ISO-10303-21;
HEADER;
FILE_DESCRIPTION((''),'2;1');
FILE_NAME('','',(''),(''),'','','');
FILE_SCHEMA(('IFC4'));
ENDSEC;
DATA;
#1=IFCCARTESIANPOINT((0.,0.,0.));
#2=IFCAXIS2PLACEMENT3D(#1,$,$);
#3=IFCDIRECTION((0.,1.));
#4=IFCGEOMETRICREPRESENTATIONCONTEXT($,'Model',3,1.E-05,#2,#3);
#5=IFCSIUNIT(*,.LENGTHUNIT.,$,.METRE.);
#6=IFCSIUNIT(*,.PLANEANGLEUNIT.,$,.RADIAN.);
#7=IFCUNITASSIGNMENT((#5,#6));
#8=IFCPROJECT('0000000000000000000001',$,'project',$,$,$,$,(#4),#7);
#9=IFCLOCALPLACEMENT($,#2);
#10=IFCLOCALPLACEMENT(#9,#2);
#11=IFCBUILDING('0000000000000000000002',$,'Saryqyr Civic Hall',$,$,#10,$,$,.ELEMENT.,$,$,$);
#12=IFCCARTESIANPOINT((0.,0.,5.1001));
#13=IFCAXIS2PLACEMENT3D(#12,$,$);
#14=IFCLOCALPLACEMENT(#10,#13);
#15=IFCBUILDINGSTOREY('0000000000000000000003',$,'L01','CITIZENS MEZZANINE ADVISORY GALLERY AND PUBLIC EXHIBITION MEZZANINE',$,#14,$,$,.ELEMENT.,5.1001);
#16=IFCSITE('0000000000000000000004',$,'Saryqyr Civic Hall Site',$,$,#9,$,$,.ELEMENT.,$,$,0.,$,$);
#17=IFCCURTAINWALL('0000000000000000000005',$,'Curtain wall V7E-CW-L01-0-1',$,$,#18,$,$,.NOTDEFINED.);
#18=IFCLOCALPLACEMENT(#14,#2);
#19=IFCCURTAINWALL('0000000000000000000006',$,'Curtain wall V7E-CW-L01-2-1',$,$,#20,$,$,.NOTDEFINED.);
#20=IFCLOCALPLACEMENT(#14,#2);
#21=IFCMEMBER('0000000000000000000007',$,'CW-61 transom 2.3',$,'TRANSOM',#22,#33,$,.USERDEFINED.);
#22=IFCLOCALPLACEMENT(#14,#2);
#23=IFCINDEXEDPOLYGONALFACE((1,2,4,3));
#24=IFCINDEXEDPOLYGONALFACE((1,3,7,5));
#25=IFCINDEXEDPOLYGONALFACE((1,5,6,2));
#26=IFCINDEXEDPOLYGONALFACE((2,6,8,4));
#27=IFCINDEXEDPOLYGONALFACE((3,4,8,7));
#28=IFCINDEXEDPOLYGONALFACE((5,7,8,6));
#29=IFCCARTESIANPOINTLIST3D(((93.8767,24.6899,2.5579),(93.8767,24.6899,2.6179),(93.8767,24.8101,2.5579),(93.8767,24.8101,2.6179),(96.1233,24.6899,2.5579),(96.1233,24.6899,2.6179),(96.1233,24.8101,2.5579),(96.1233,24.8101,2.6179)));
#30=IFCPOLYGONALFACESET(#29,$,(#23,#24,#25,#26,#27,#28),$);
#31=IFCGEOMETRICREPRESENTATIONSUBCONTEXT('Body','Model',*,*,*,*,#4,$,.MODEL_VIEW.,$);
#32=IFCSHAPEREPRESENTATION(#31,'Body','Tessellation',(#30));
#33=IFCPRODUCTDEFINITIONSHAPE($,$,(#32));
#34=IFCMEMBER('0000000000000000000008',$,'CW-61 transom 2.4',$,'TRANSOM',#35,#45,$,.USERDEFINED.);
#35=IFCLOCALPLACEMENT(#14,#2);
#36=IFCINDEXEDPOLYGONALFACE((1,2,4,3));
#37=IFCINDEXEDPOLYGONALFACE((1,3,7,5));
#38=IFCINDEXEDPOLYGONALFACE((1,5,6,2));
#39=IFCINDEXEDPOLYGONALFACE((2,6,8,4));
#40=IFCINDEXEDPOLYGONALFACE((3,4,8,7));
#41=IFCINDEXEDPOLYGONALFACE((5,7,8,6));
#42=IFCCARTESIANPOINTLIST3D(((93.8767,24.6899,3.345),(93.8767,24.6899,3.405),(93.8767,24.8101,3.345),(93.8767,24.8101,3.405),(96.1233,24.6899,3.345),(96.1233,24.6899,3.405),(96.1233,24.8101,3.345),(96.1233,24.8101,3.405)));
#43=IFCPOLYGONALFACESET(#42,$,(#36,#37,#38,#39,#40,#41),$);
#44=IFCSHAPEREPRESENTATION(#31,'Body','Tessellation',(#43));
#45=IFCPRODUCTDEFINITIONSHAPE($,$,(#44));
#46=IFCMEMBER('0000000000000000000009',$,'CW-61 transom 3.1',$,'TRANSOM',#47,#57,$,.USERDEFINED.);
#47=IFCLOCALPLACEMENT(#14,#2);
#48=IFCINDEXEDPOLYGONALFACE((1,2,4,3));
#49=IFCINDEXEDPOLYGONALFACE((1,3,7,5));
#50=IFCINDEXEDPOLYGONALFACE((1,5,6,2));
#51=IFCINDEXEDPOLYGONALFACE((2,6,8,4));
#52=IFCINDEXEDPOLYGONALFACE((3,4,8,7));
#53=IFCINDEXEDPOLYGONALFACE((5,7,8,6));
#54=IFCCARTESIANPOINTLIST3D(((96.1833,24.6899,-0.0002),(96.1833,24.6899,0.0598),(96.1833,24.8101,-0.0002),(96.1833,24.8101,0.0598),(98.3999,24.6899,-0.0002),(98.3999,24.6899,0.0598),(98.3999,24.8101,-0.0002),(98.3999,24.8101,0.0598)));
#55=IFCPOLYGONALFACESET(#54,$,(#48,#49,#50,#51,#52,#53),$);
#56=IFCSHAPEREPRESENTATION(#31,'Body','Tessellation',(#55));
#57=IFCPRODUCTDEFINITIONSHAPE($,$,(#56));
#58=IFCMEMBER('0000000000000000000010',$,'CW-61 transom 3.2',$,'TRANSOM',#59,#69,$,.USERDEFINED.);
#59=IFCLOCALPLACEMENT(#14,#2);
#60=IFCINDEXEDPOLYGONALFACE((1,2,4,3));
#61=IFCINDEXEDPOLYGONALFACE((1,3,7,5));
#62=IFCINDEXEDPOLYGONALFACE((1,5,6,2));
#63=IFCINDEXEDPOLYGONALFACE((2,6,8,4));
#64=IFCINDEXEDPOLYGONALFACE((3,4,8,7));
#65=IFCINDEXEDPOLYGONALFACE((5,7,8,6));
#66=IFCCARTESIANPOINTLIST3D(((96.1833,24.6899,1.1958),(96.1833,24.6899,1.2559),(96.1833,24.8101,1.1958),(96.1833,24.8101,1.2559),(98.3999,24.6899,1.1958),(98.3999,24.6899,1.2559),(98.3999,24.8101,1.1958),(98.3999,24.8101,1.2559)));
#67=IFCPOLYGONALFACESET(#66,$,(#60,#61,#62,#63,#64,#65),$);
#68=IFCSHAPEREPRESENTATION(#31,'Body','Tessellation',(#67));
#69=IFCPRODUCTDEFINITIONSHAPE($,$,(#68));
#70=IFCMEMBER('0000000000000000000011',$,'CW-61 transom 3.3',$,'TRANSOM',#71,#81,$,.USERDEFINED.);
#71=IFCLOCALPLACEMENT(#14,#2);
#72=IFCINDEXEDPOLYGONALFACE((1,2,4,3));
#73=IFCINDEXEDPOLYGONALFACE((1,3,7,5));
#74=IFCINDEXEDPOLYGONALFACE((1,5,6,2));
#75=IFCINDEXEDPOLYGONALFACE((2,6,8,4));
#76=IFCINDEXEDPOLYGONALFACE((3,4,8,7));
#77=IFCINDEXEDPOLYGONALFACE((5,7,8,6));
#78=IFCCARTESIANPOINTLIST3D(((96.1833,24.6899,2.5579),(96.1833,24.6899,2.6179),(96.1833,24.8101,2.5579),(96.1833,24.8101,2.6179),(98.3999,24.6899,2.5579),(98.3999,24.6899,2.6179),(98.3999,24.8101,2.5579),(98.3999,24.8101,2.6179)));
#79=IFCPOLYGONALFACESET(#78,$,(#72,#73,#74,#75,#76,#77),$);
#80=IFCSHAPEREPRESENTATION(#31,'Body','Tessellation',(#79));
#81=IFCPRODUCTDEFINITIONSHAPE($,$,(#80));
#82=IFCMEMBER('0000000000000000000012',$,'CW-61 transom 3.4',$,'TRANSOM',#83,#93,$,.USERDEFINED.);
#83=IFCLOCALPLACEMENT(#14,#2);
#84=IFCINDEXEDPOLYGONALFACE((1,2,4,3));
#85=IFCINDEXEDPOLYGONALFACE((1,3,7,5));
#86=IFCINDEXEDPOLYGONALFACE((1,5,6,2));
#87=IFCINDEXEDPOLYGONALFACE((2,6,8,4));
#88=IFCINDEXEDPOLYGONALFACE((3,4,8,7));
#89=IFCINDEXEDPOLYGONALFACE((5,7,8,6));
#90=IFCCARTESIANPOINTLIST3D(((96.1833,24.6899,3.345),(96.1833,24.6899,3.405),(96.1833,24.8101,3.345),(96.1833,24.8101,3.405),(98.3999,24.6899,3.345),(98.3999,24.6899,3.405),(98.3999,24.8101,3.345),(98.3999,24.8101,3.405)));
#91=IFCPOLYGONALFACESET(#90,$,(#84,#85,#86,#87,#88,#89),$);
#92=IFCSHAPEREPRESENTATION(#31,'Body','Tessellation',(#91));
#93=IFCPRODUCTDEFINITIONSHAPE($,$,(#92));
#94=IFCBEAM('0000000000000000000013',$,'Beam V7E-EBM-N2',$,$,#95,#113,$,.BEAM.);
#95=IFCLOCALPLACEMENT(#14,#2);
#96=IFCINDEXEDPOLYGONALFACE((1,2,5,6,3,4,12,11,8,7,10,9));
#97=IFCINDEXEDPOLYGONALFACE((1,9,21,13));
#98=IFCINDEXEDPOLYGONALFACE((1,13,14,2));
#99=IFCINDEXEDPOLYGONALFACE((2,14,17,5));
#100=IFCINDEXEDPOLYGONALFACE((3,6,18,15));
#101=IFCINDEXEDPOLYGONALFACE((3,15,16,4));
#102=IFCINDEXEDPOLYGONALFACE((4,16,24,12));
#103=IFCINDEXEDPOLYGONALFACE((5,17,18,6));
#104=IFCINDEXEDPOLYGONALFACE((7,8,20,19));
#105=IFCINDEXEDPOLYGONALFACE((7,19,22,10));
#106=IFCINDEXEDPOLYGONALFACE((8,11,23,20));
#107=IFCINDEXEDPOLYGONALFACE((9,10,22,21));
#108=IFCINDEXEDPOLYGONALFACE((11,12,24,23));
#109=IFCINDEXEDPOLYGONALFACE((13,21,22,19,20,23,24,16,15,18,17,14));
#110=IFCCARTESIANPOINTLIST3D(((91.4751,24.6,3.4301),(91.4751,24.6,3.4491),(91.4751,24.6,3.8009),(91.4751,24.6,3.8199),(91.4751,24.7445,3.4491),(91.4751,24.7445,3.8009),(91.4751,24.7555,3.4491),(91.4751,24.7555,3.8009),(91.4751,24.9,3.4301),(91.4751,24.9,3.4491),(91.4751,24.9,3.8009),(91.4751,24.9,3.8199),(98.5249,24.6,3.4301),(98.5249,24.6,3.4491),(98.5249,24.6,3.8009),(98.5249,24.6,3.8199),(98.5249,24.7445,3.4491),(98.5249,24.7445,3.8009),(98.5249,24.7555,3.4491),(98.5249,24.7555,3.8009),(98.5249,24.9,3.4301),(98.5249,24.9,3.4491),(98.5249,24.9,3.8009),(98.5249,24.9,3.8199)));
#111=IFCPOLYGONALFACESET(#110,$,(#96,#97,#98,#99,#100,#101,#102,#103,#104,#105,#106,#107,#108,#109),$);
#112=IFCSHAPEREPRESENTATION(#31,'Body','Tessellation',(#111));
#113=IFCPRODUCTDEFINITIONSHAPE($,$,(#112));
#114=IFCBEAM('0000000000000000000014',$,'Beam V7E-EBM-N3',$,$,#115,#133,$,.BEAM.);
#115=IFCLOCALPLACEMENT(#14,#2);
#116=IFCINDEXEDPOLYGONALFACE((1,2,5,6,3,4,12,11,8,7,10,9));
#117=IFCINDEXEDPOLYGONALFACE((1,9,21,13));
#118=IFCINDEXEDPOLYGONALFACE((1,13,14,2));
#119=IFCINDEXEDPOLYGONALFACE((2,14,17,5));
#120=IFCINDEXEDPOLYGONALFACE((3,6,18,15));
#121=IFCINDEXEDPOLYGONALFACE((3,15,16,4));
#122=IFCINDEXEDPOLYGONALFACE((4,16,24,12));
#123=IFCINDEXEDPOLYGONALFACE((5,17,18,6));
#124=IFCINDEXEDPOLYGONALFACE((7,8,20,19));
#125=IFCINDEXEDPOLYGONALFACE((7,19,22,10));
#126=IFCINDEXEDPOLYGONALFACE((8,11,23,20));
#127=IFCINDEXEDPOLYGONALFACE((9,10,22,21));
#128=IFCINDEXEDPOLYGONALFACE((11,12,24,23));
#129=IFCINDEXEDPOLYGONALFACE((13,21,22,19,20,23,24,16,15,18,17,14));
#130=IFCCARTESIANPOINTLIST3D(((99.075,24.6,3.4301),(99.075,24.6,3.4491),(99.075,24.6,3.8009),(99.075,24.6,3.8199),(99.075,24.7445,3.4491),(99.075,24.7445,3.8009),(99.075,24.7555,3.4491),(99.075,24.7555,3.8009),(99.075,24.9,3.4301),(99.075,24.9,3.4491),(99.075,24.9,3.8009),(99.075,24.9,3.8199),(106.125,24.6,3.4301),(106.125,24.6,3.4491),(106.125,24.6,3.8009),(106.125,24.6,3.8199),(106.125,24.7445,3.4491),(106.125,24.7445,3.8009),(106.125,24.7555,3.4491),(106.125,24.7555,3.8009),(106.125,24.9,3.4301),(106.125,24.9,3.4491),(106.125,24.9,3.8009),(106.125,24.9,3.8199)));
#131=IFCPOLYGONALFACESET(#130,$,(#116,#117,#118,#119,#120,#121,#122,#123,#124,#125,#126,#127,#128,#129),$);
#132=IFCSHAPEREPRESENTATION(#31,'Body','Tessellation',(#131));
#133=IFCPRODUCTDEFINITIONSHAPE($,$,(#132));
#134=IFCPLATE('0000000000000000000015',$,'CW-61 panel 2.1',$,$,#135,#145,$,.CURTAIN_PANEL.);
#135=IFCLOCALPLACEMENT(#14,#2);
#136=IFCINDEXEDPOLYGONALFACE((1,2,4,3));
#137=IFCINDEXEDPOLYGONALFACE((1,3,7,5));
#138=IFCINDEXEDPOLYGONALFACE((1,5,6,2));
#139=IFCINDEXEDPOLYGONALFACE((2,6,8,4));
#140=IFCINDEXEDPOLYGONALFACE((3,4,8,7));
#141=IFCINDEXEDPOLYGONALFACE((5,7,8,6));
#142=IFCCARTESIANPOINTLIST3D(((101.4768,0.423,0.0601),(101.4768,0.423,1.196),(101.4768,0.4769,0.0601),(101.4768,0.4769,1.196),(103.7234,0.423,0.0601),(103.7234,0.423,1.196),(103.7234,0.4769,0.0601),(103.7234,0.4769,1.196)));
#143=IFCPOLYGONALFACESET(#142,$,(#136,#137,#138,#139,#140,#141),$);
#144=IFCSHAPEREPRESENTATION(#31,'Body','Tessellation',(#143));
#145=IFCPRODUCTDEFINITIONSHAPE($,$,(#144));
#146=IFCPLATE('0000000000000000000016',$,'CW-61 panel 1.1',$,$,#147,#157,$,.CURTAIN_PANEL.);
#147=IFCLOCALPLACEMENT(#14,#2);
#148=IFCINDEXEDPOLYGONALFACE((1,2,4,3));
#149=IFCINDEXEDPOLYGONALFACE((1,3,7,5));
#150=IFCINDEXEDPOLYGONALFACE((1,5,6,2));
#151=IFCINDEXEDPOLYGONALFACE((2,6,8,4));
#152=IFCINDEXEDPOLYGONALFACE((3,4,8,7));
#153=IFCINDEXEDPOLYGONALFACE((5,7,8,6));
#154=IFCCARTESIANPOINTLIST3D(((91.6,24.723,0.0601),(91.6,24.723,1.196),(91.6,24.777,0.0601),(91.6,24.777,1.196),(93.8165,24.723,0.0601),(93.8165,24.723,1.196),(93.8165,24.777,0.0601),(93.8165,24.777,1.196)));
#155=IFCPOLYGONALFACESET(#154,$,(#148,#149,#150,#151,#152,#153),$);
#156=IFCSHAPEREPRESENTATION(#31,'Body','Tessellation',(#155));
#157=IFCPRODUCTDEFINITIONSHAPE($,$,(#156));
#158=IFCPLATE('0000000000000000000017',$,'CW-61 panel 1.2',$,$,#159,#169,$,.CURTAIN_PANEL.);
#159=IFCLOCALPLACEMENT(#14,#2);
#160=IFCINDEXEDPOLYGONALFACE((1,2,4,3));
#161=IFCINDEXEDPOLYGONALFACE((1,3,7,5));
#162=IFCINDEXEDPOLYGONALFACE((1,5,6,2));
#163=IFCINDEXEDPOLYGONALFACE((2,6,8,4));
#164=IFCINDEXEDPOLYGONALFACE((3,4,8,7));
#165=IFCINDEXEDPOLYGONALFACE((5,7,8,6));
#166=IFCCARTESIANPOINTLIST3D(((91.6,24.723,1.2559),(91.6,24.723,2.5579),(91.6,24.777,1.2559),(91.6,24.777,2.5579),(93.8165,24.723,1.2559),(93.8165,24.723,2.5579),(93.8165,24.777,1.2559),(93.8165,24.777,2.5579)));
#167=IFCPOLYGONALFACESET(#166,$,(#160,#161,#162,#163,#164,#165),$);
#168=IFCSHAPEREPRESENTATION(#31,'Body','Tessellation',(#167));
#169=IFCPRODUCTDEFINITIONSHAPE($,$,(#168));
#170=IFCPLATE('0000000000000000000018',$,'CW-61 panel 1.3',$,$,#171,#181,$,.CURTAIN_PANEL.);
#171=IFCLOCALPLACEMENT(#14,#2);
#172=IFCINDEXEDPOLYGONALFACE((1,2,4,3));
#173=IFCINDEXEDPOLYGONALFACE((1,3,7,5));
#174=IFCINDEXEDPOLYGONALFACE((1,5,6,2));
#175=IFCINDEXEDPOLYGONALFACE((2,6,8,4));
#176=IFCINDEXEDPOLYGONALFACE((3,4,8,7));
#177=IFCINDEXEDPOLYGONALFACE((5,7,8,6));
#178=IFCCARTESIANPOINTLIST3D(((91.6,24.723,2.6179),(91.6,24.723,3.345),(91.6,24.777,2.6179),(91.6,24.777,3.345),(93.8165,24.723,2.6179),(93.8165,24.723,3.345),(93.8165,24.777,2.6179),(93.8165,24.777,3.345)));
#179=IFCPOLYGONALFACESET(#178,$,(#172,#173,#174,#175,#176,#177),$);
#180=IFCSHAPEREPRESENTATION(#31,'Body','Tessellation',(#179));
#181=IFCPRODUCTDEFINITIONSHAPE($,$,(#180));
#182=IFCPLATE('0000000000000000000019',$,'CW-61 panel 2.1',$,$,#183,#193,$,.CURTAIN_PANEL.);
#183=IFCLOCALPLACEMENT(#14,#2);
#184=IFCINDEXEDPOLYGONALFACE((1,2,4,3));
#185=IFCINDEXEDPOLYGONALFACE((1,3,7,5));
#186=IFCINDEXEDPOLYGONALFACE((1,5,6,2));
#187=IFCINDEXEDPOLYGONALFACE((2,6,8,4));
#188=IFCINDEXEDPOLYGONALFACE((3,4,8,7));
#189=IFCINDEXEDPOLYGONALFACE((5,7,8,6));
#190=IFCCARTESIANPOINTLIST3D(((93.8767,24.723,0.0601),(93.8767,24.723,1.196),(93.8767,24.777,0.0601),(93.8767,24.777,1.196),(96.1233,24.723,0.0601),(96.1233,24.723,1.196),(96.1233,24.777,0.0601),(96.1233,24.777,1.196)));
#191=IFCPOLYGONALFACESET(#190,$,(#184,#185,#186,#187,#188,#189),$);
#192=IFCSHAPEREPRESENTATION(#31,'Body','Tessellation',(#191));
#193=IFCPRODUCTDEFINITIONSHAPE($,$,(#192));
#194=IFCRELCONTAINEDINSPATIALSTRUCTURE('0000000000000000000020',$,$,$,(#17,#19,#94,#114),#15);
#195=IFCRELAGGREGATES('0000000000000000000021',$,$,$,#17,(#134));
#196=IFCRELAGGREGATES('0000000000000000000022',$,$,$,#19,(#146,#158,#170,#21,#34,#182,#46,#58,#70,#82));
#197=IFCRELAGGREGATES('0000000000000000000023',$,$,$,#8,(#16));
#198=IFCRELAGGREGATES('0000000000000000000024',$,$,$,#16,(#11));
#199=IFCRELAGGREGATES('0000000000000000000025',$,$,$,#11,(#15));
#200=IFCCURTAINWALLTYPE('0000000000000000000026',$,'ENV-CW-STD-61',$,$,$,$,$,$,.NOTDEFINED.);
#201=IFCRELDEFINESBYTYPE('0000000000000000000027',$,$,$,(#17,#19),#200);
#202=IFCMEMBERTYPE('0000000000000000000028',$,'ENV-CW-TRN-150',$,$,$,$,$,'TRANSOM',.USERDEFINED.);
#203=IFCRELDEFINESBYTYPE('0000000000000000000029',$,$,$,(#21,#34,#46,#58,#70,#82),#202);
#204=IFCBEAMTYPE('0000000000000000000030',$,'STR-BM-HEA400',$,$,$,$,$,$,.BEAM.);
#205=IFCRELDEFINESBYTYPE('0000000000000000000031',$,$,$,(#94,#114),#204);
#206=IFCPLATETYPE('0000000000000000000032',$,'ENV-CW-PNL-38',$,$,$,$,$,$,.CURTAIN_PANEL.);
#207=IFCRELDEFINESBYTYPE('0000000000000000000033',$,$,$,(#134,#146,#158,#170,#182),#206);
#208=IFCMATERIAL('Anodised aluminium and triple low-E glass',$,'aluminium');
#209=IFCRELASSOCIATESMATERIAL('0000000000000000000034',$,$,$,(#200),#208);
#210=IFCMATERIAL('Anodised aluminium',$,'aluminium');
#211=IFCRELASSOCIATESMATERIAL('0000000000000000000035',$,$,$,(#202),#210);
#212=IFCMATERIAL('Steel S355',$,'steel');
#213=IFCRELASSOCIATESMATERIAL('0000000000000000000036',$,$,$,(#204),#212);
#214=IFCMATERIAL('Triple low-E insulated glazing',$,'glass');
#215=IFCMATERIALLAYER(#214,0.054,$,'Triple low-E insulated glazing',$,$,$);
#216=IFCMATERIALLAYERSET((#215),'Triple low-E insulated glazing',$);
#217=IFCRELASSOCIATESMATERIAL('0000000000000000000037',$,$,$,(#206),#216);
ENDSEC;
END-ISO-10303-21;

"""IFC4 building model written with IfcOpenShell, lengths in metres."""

from ifc_helpers import new_model, si_unit, direction, frame, origin, origin_2d, place, context, subcontext, project, spatial, rectangle, i_section, extrude, material, layer, layer_set, material_profile, profile_set, type_object, element, aggregate, save


model = new_model("IFC4")

# Units and contexts
model_context = context("Model", 3, precision=1e-05, world=origin(), true_north=direction((0.0, 1.0)))
body_context = subcontext(model_context, "Body", "Model", "MODEL_VIEW")
ifc_project = project(units=[si_unit("LENGTHUNIT", "METRE"), si_unit("PLANEANGLEUNIT", "RADIAN")], contexts=[model_context])

# Site, building, storey
site_placement = place(None, origin())
site = spatial("IfcSite", under=ifc_project, at=site_placement, Name="Saryqyr Civic Hall Site", CompositionType="ELEMENT", RefElevation=0.0)
building_placement = place(site_placement, origin())
building = spatial("IfcBuilding", under=site, at=building_placement, Name="Saryqyr Civic Hall", CompositionType="ELEMENT")
storey_placement = place(building_placement, frame((0.0, 0.0, 5.1001)))
storey = spatial("IfcBuildingStorey", under=building, at=storey_placement, Name="L01", Description="CITIZENS MEZZANINE ADVISORY GALLERY AND PUBLIC EXHIBITION MEZZANINE", CompositionType="ELEMENT", Elevation=5.1001)

# Curtain wall
ifc_material_1 = material(Name="Anodised aluminium and triple low-E glass", Category="aluminium")
curtain_wall_type = type_object("IfcCurtainWallType", Name="ENV-CW-STD-61", PredefinedType="NOTDEFINED", material=ifc_material_1)
curtain_wall_1_placement = place(storey_placement, origin())
curtain_wall_1 = element("IfcCurtainWall", 1, at=curtain_wall_1_placement, inside=storey, type_object=curtain_wall_type, Name="Curtain wall V7E-CW-L01-0-1", PredefinedType="NOTDEFINED")
ifc_material_2 = material(Name="Anodised aluminium", Category="aluminium")

# Curtain wall
curtain_wall_2_placement = place(storey_placement, origin())
curtain_wall_2 = element("IfcCurtainWall", 2, at=curtain_wall_2_placement, inside=storey, type_object=curtain_wall_type, Name="Curtain wall V7E-CW-L01-2-1", PredefinedType="NOTDEFINED")

# Members
ifc_material_profile_1 = material_profile(ifc_material_2, rectangle(XDim=0.1201, YDim=0.0601, at=origin_2d()), Name="ALU TRANSOM 120x60")
ifc_profile_set_1 = profile_set([ifc_material_profile_1], Name="Anodised aluminium")
member_type_1 = type_object("IfcMemberType", Name="ENV-CW-TRN-150", ElementType="TRANSOM", PredefinedType="USERDEFINED", material=ifc_profile_set_1)
member_1_placement = place(storey_placement, frame((93.8767, 24.75, 2.5879), z_axis=(1.0, 0.0, 0.0), x_axis=(0.0, 1.0, 0.0)))
member_1 = element("IfcMember", 3, at=member_1_placement, type_object=member_type_1, Name="CW-61 transom 2.3", ObjectType="TRANSOM", PredefinedType="USERDEFINED", context=body_context, shape_type="SweptSolid", body=[
    extrude(rectangle(XDim=0.1201, YDim=0.0601, at=origin_2d()), origin(), (0.0, 0.0, 1.0), 2.2466),
])
member_2_placement = place(storey_placement, frame((93.8767, 24.75, 3.375), z_axis=(1.0, 0.0, 0.0), x_axis=(0.0, 1.0, 0.0)))
member_2 = element("IfcMember", 4, at=member_2_placement, type_object=member_type_1, Name="CW-61 transom 2.4", ObjectType="TRANSOM", PredefinedType="USERDEFINED", context=body_context, shape_type="SweptSolid", body=[
    extrude(rectangle(XDim=0.1201, YDim=0.0601, at=origin_2d()), origin(), (0.0, 0.0, 1.0), 2.2466),
])
member_3_placement = place(storey_placement, frame((96.1833, 24.75, 0.0298), z_axis=(1.0, 0.0, 0.0), x_axis=(0.0, 1.0, 0.0)))
member_3 = element("IfcMember", 5, at=member_3_placement, type_object=member_type_1, Name="CW-61 transom 3.1", ObjectType="TRANSOM", PredefinedType="USERDEFINED", context=body_context, shape_type="SweptSolid", body=[
    extrude(rectangle(XDim=0.1201, YDim=0.0601, at=origin_2d()), origin(), (0.0, 0.0, 1.0), 2.2166),
])
member_4_placement = place(storey_placement, frame((96.1833, 24.75, 1.2258), z_axis=(1.0, 0.0, 0.0), x_axis=(0.0, 1.0, 0.0)))
member_4 = element("IfcMember", 6, at=member_4_placement, type_object=member_type_1, Name="CW-61 transom 3.2", ObjectType="TRANSOM", PredefinedType="USERDEFINED", context=body_context, shape_type="SweptSolid", body=[
    extrude(rectangle(XDim=0.1201, YDim=0.0601, at=origin_2d()), origin(), (0.0, 0.0, 1.0), 2.2166),
])
member_5_placement = place(storey_placement, frame((96.1833, 24.75, 2.5879), z_axis=(1.0, 0.0, 0.0), x_axis=(0.0, 1.0, 0.0)))
member_5 = element("IfcMember", 7, at=member_5_placement, type_object=member_type_1, Name="CW-61 transom 3.3", ObjectType="TRANSOM", PredefinedType="USERDEFINED", context=body_context, shape_type="SweptSolid", body=[
    extrude(rectangle(XDim=0.1201, YDim=0.0601, at=origin_2d()), origin(), (0.0, 0.0, 1.0), 2.2166),
])
member_6_placement = place(storey_placement, frame((96.1833, 24.75, 3.375), z_axis=(1.0, 0.0, 0.0), x_axis=(0.0, 1.0, 0.0)))
member_6 = element("IfcMember", 8, at=member_6_placement, type_object=member_type_1, Name="CW-61 transom 3.4", ObjectType="TRANSOM", PredefinedType="USERDEFINED", context=body_context, shape_type="SweptSolid", body=[
    extrude(rectangle(XDim=0.1201, YDim=0.0601, at=origin_2d()), origin(), (0.0, 0.0, 1.0), 2.2166),
])

# Beams
ifc_material_3 = material(Name="Steel S355", Category="steel")
ifc_material_profile_2 = material_profile(ifc_material_3, i_section(OverallWidth=0.3, OverallDepth=0.3899, WebThickness=0.011, FlangeThickness=0.019, at=origin_2d()), Name="HEA 400")
ifc_profile_set_2 = profile_set([ifc_material_profile_2], Name="Steel S355")
beam_type = type_object("IfcBeamType", Name="STR-BM-HEA400", PredefinedType="BEAM", material=ifc_profile_set_2)
beam_1_placement = place(storey_placement, frame((91.4751, 24.75, 3.625), z_axis=(1.0, 0.0, 0.0), x_axis=(0.0, 1.0, 0.0)))
element("IfcBeam", 9, at=beam_1_placement, inside=storey, type_object=beam_type, Name="Beam V7E-EBM-N2", PredefinedType="BEAM", context=body_context, shape_type="SweptSolid", body=[
    extrude(i_section(OverallWidth=0.3, OverallDepth=0.3899, WebThickness=0.011, FlangeThickness=0.019, at=origin_2d()), origin(), (0.0, 0.0, 1.0), 7.0498),
])
beam_2_placement = place(storey_placement, frame((99.075, 24.75, 3.625), z_axis=(1.0, 0.0, 0.0), x_axis=(0.0, 1.0, 0.0)))
element("IfcBeam", 10, at=beam_2_placement, inside=storey, type_object=beam_type, Name="Beam V7E-EBM-N3", PredefinedType="BEAM", context=body_context, shape_type="SweptSolid", body=[
    extrude(i_section(OverallWidth=0.3, OverallDepth=0.3899, WebThickness=0.011, FlangeThickness=0.019, at=origin_2d()), origin(), (0.0, 0.0, 1.0), 7.05),
])

# Plates
ifc_material_4 = material(Name="Triple low-E insulated glazing", Category="glass")
ifc_layer_1 = layer(ifc_material_4, 0.054, Name="Triple low-E insulated glazing")
ifc_layer_set_1 = layer_set([ifc_layer_1], Name="Triple low-E insulated glazing")
plate_type = type_object("IfcPlateType", Name="ENV-CW-PNL-38", PredefinedType="CURTAIN_PANEL", material=ifc_layer_set_1)
plate_1_placement = place(storey_placement, frame((102.6001, 0.45, 0.0601), z_axis=(0.0, 0.0, 1.0), x_axis=(-1.0, 0.0, 0.0)))
plate_1 = element("IfcPlate", 11, at=plate_1_placement, type_object=plate_type, Name="CW-61 panel 2.1", PredefinedType="CURTAIN_PANEL", context=body_context, shape_type="SweptSolid", body=[
    extrude(rectangle(XDim=2.2466, YDim=0.054, at=origin_2d()), origin(), (0.0, 0.0, 1.0), 1.136),
])
aggregate(curtain_wall_1, [plate_1])
plate_2_placement = place(storey_placement, frame((92.7083, 24.75, 0.0601), z_axis=(0.0, 0.0, 1.0), x_axis=(1.0, 0.0, 0.0)))
plate_2 = element("IfcPlate", 12, at=plate_2_placement, type_object=plate_type, Name="CW-61 panel 1.1", PredefinedType="CURTAIN_PANEL", context=body_context, shape_type="SweptSolid", body=[
    extrude(rectangle(XDim=2.2166, YDim=0.054, at=origin_2d()), origin(), (0.0, 0.0, 1.0), 1.136),
])
plate_3_placement = place(storey_placement, frame((92.7083, 24.75, 1.2559), z_axis=(0.0, 0.0, 1.0), x_axis=(1.0, 0.0, 0.0)))
plate_3 = element("IfcPlate", 13, at=plate_3_placement, type_object=plate_type, Name="CW-61 panel 1.2", PredefinedType="CURTAIN_PANEL", context=body_context, shape_type="SweptSolid", body=[
    extrude(rectangle(XDim=2.2166, YDim=0.054, at=origin_2d()), origin(), (0.0, 0.0, 1.0), 1.302),
])
plate_4_placement = place(storey_placement, frame((92.7083, 24.75, 2.6179), z_axis=(0.0, 0.0, 1.0), x_axis=(1.0, 0.0, 0.0)))
plate_4 = element("IfcPlate", 14, at=plate_4_placement, type_object=plate_type, Name="CW-61 panel 1.3", PredefinedType="CURTAIN_PANEL", context=body_context, shape_type="SweptSolid", body=[
    extrude(rectangle(XDim=2.2166, YDim=0.054, at=origin_2d()), origin(), (0.0, 0.0, 1.0), 0.7271),
])
plate_5_placement = place(storey_placement, frame((95.0, 24.75, 0.0601), z_axis=(0.0, 0.0, 1.0), x_axis=(1.0, 0.0, 0.0)))
plate_5 = element("IfcPlate", 15, at=plate_5_placement, type_object=plate_type, Name="CW-61 panel 2.1", PredefinedType="CURTAIN_PANEL", context=body_context, shape_type="SweptSolid", body=[
    extrude(rectangle(XDim=2.2466, YDim=0.054, at=origin_2d()), origin(), (0.0, 0.0, 1.0), 1.136),
])
aggregate(curtain_wall_2, [plate_2, plate_3, plate_4, member_1, member_2, plate_5, member_3, member_4, member_5, member_6])

save(model, "model.ifc")
